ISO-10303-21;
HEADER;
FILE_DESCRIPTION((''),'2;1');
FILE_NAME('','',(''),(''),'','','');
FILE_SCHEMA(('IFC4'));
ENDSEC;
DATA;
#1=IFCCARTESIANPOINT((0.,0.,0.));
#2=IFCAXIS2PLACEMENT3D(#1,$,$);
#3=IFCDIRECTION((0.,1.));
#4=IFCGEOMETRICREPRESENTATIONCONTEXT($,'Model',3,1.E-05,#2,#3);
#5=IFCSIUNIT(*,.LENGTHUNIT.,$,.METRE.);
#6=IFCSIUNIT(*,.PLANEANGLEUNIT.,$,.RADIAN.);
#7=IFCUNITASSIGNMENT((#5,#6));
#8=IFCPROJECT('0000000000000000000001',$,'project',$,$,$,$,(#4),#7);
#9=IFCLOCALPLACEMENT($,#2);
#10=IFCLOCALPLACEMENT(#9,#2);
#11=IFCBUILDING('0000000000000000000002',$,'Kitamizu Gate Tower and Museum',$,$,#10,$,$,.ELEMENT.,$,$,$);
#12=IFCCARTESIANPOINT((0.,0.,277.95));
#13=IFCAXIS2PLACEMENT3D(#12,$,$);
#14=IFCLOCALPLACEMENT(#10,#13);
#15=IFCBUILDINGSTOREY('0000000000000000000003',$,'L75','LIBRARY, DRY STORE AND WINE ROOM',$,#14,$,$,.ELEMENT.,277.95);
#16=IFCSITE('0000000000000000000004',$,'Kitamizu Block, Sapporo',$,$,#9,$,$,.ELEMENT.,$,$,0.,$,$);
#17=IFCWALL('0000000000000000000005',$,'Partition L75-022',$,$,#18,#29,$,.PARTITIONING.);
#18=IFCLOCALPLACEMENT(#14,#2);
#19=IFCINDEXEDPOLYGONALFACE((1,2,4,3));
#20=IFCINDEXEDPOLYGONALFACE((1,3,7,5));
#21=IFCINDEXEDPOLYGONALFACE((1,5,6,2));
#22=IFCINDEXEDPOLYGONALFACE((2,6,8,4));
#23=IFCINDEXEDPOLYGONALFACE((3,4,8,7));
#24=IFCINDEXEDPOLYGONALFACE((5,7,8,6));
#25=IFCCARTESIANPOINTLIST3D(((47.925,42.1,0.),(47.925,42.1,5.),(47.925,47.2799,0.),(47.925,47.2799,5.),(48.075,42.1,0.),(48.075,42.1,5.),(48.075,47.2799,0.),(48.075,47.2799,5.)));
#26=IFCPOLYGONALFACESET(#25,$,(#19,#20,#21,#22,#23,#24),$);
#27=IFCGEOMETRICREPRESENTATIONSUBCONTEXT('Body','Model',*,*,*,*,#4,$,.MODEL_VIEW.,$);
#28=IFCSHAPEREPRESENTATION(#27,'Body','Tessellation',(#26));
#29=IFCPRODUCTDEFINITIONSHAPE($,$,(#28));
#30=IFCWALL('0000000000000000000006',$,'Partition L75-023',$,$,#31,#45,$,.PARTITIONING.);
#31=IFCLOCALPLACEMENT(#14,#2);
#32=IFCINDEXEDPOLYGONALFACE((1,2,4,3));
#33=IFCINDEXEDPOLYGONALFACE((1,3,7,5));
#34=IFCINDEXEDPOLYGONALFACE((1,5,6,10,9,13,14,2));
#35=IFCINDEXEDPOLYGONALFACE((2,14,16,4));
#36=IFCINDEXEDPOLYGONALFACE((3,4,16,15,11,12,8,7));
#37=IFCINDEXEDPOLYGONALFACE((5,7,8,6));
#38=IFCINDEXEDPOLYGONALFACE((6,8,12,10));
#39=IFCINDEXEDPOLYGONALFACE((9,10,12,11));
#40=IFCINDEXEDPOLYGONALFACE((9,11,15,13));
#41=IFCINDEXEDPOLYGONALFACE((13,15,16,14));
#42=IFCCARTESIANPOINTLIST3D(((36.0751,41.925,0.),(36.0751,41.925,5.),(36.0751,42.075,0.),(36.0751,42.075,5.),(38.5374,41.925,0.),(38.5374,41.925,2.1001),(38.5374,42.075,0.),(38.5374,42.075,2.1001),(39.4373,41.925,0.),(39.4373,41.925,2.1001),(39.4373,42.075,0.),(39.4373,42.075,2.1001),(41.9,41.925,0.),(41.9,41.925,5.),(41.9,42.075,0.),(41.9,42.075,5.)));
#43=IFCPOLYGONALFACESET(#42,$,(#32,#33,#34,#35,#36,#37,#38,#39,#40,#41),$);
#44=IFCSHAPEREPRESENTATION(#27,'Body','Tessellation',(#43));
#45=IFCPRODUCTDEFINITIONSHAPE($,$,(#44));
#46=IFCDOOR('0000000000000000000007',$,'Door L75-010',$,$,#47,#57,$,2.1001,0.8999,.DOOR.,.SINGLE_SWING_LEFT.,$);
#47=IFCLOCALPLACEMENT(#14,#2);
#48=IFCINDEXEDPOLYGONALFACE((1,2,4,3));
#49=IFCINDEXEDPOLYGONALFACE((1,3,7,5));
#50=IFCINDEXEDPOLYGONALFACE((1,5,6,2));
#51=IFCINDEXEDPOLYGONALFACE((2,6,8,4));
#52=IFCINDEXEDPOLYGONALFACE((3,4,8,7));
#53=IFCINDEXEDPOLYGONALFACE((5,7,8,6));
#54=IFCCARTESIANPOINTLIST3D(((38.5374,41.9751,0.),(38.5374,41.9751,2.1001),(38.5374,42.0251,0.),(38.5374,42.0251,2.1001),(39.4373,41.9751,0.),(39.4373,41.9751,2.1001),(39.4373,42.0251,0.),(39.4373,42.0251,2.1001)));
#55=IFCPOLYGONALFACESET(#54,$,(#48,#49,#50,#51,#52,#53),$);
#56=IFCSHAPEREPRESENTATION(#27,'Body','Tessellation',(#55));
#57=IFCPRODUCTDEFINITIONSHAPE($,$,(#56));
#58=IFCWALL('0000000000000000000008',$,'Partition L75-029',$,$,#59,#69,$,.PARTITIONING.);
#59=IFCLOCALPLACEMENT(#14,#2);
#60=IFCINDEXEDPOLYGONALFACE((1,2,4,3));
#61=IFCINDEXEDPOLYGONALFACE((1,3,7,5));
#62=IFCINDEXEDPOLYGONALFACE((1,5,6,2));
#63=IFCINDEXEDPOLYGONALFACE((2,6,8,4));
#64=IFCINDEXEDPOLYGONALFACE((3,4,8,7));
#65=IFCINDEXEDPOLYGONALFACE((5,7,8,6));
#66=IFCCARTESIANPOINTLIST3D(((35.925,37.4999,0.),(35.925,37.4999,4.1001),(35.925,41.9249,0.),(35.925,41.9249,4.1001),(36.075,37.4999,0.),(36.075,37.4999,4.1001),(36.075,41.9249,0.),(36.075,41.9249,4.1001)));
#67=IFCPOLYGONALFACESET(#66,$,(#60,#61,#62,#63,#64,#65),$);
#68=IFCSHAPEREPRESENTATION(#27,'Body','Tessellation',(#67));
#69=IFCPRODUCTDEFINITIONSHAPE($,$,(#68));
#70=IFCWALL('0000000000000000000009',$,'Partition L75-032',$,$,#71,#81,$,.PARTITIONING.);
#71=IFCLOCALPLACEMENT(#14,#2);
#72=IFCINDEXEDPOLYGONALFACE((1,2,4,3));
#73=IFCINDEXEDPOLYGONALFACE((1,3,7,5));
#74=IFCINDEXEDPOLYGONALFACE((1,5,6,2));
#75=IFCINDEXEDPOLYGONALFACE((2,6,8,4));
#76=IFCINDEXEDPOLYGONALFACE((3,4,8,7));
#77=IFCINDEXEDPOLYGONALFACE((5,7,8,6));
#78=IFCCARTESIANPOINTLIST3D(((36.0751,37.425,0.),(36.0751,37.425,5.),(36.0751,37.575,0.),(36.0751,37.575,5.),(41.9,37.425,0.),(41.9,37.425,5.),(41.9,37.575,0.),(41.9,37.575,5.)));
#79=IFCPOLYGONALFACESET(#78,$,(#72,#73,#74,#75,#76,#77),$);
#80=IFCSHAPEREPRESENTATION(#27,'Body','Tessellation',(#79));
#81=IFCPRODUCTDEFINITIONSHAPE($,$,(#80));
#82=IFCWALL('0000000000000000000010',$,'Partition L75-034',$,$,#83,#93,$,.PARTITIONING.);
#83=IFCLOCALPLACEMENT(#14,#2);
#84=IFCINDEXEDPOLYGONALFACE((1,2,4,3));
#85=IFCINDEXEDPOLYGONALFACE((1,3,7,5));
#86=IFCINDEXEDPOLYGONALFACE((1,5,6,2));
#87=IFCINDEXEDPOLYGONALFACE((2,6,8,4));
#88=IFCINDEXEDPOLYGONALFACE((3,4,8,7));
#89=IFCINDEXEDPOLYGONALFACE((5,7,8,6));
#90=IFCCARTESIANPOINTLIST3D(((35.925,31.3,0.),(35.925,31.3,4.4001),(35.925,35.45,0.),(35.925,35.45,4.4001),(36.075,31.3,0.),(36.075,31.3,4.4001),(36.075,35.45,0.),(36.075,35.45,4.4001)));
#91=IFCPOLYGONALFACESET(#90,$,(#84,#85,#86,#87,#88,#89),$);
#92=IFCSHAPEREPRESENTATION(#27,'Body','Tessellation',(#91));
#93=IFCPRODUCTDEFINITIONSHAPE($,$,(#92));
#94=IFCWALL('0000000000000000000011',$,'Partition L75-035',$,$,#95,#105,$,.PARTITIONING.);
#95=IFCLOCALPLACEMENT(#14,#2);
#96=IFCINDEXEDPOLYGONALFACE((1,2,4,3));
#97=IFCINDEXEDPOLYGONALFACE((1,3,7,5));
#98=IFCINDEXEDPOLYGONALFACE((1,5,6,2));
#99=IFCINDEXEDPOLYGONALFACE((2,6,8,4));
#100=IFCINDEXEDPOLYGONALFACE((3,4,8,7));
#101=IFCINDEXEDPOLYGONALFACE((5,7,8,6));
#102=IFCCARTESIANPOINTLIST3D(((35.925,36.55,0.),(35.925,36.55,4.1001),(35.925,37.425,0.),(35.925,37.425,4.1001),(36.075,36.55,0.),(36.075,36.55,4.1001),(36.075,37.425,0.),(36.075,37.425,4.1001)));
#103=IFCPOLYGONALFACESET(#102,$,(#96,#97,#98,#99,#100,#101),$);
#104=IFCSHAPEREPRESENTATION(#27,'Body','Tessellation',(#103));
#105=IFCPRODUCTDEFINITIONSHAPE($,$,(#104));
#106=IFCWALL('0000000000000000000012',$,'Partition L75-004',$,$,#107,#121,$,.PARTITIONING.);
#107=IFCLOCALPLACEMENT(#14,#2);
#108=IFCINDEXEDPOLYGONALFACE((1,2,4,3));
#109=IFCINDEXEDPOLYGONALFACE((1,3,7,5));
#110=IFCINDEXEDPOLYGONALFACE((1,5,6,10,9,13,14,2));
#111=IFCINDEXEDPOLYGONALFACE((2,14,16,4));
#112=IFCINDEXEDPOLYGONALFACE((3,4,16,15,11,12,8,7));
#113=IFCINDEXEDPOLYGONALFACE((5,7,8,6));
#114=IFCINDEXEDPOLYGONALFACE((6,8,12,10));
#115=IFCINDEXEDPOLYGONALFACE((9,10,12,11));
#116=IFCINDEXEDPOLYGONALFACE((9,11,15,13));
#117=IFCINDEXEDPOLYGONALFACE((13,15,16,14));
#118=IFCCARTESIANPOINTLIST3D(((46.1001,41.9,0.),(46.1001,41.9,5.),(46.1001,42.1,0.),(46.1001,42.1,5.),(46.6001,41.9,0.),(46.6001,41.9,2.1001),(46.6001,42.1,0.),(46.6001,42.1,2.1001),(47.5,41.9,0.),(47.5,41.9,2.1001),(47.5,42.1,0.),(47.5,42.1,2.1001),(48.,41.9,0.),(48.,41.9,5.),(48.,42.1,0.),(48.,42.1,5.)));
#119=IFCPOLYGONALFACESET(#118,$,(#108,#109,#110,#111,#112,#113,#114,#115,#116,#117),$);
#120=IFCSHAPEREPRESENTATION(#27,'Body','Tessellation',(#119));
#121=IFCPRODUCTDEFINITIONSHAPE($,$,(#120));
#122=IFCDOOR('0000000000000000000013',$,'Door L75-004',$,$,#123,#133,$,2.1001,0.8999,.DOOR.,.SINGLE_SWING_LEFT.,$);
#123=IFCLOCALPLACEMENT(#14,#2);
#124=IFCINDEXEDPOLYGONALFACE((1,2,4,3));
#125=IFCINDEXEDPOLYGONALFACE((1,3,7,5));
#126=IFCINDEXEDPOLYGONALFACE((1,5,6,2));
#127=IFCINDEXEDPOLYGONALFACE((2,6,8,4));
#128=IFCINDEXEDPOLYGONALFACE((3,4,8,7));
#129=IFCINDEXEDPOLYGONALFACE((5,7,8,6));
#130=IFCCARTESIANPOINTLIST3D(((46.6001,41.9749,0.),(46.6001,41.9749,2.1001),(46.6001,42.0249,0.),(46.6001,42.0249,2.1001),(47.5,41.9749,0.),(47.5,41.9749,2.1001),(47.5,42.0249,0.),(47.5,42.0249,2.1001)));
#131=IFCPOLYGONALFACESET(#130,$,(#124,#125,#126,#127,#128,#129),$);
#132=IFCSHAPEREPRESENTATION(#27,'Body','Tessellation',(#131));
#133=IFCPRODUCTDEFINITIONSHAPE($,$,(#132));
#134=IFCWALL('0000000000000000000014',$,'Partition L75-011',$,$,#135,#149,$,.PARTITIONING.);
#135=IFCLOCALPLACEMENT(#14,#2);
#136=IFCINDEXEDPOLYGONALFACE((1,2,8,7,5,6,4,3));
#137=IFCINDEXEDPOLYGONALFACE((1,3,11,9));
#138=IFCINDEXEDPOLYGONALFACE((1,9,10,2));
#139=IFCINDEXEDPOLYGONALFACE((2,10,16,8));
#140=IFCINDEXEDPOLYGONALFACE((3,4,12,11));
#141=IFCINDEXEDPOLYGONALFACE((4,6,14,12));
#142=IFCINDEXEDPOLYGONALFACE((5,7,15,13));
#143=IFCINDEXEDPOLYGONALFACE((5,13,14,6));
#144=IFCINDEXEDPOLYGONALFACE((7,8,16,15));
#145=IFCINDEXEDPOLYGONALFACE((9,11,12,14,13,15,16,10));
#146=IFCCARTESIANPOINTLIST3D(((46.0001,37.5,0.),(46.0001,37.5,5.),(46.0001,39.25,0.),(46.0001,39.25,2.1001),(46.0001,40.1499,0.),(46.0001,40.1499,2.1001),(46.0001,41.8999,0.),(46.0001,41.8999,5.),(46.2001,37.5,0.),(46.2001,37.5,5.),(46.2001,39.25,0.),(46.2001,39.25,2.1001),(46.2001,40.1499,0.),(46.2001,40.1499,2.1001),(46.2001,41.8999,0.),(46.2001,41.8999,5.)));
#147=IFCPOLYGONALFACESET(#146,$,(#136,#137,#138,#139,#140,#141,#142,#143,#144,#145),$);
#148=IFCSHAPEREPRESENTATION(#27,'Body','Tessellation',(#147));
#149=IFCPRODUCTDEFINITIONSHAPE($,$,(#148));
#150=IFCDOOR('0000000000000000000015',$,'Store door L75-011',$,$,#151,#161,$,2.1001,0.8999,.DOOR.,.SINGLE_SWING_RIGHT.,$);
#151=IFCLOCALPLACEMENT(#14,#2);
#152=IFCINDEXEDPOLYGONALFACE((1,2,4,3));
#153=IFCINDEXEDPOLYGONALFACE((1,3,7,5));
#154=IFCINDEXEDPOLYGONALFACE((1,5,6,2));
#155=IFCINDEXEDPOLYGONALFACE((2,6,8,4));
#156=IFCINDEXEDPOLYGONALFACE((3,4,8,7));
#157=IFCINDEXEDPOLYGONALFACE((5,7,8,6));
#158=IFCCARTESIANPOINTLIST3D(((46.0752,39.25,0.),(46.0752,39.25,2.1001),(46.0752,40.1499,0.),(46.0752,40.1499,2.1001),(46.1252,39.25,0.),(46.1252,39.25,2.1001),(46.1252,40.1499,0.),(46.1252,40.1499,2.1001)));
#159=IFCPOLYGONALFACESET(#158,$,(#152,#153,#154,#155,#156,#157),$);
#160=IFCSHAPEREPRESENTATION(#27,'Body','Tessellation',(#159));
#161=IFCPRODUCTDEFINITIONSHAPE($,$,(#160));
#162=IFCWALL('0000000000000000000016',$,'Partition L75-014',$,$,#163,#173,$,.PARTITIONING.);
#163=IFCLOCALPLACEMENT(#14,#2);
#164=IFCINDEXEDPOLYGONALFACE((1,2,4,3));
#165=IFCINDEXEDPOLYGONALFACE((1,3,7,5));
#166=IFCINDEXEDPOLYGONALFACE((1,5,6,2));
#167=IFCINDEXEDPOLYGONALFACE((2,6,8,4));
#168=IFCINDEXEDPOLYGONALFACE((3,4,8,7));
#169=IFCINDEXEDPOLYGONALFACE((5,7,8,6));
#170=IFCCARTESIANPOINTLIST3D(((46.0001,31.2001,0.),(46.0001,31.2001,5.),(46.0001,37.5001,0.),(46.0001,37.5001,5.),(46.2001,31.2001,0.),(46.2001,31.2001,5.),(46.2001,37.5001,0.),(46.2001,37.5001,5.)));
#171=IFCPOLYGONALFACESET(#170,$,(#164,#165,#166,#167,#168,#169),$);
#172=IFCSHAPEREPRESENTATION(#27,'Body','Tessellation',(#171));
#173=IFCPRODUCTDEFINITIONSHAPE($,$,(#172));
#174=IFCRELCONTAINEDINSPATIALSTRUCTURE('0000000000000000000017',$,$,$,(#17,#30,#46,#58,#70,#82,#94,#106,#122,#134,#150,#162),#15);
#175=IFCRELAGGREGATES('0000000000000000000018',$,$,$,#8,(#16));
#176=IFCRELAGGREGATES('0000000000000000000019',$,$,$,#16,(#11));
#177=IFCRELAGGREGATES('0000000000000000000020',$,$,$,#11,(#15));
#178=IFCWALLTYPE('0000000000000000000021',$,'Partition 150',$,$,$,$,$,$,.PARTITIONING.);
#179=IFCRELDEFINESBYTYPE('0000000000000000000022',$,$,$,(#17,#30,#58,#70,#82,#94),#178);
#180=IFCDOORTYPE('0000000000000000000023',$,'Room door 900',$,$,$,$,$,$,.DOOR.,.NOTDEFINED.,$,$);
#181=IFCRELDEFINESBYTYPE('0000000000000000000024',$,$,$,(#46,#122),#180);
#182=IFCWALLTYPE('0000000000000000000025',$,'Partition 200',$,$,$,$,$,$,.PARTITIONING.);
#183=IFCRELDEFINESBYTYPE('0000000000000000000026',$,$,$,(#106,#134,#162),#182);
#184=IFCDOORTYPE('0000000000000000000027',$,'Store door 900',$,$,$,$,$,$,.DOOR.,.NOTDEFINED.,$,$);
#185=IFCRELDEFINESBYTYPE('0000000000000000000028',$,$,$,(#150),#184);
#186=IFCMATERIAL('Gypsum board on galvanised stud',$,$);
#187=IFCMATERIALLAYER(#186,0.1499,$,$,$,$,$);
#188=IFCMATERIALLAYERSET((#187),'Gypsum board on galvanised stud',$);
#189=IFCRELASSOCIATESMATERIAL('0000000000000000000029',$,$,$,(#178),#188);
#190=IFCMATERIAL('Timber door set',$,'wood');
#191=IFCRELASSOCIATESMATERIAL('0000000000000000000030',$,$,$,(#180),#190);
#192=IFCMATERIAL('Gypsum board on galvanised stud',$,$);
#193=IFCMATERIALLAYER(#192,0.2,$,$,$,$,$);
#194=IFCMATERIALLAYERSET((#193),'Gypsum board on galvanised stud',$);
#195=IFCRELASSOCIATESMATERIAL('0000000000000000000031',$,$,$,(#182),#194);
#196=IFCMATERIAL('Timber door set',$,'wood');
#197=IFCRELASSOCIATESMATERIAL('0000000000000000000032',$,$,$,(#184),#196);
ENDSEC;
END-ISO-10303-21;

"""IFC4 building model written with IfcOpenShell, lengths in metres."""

from ifc_helpers import new_model, si_unit, direction, frame, frame_2d, origin, place, context, subcontext, project, spatial, rectangle, extrude, material, layer, layer_set, type_object, element, fill, save


model = new_model("IFC4")

# Units and contexts
model_context = context("Model", 3, precision=1e-05, world=origin(), true_north=direction((0.0, 1.0)))
body_context = subcontext(model_context, "Body", "Model", "MODEL_VIEW")
ifc_project = project(units=[si_unit("LENGTHUNIT", "METRE"), si_unit("PLANEANGLEUNIT", "RADIAN")], contexts=[model_context])

# Site, building, storey
site_placement = place(None, origin())
site = spatial("IfcSite", under=ifc_project, at=site_placement, Name="Kitamizu Block, Sapporo", CompositionType="ELEMENT", RefElevation=0.0)
building_placement = place(site_placement, origin())
building = spatial("IfcBuilding", under=site, at=building_placement, Name="Kitamizu Gate Tower and Museum", CompositionType="ELEMENT")
storey_placement = place(building_placement, frame((0.0, 0.0, 277.95)))
storey = spatial("IfcBuildingStorey", under=building, at=storey_placement, Name="L75", Description="LIBRARY, DRY STORE AND WINE ROOM", CompositionType="ELEMENT", Elevation=277.95)

# Wall
ifc_material_1 = material(Name="Gypsum board on galvanised stud")
ifc_layer_1 = layer(ifc_material_1, 0.1499)
ifc_layer_set_1 = layer_set([ifc_layer_1], Name="Gypsum board on galvanised stud")
wall_type_1 = type_object("IfcWallType", Name="Partition 150", PredefinedType="PARTITIONING", material=ifc_layer_set_1)
wall_1_placement = place(storey_placement, frame((48.0, 42.1001, 0.0), z_axis=(0.0, 0.0, 1.0), x_axis=(0.0, 1.0, 0.0)))
element("IfcWall", 1, at=wall_1_placement, inside=storey, type_object=wall_type_1, Name="Partition L75-022", PredefinedType="PARTITIONING", context=body_context, shape_type="SweptSolid", body=[
    extrude(rectangle(XDim=5.1799, YDim=0.1499, at=frame_2d((2.5898, 0.0))), origin(), (0.0, 0.0, 1.0), 5.0),
])

# Wall, opening, door
wall_2_placement = place(storey_placement, frame((36.075, 42.0, 0.0), z_axis=(0.0, 0.0, 1.0), x_axis=(1.0, 0.0, 0.0)))
wall_2 = element("IfcWall", 2, at=wall_2_placement, inside=storey, type_object=wall_type_1, Name="Partition L75-023", PredefinedType="PARTITIONING", context=body_context, shape_type="SweptSolid", body=[
    extrude(rectangle(XDim=5.825, YDim=0.1499, at=frame_2d((2.9126, 0.0))), origin(), (0.0, 0.0, 1.0), 5.0),
])
opening_1_placement = place(wall_2_placement, frame((2.4624, 0.0, 0.0)))
opening_1 = element("IfcOpeningElement", 3, at=opening_1_placement, cuts=wall_2, PredefinedType="OPENING", context=body_context, shape_type="SweptSolid", body=[
    extrude(rectangle(XDim=0.8999, YDim=2.1001, at=frame_2d((0.45, 1.05))), frame((0.0, 0.085, 0.0), z_axis=(0.0, -1.0, 0.0), x_axis=(1.0, 0.0, 0.0)), (0.0, 0.0, 1.0), 0.1699),
])
ifc_material_2 = material(Name="Timber door set", Category="wood")
door_type_1 = type_object("IfcDoorType", Name="Room door 900", OperationType="NOTDEFINED", PredefinedType="DOOR", material=ifc_material_2)
door_1_placement = place(opening_1_placement, frame((0.8999, 0.0, 0.0), x_axis=(-1.0, 0.0, 0.0)))
door_1 = element("IfcDoor", 4, at=door_1_placement, inside=storey, type_object=door_type_1, Name="Door L75-010", OperationType="SINGLE_SWING_LEFT", OverallHeight=2.1001, OverallWidth=0.8999, PredefinedType="DOOR", context=body_context, shape_type="SweptSolid", body=[
    extrude(rectangle(XDim=0.8999, YDim=2.1001, at=frame_2d((0.45, 1.05))), frame((0.0, 0.0249, 0.0), z_axis=(0.0, -1.0, 0.0), x_axis=(1.0, 0.0, 0.0)), (0.0, 0.0, 1.0), 0.05),
])
fill(opening_1, door_1)

# Walls
wall_3_placement = place(storey_placement, frame((36.0, 37.5, 0.0), z_axis=(0.0, 0.0, 1.0), x_axis=(0.0, 1.0, 0.0)))
element("IfcWall", 5, at=wall_3_placement, inside=storey, type_object=wall_type_1, Name="Partition L75-029", PredefinedType="PARTITIONING", context=body_context, shape_type="SweptSolid", body=[
    extrude(rectangle(XDim=4.425, YDim=0.1499, at=frame_2d((2.2124, 0.0))), origin(), (0.0, 0.0, 1.0), 4.1001),
])
wall_4_placement = place(storey_placement, frame((36.075, 37.5, 0.0), z_axis=(0.0, 0.0, 1.0), x_axis=(1.0, 0.0, 0.0)))
element("IfcWall", 6, at=wall_4_placement, inside=storey, type_object=wall_type_1, Name="Partition L75-032", PredefinedType="PARTITIONING", context=body_context, shape_type="SweptSolid", body=[
    extrude(rectangle(XDim=5.825, YDim=0.1499, at=frame_2d((2.9126, 0.0))), origin(), (0.0, 0.0, 1.0), 5.0),
])
wall_5_placement = place(storey_placement, frame((36.0, 31.3, 0.0), z_axis=(0.0, 0.0, 1.0), x_axis=(0.0, 1.0, 0.0)))
element("IfcWall", 7, at=wall_5_placement, inside=storey, type_object=wall_type_1, Name="Partition L75-034", PredefinedType="PARTITIONING", context=body_context, shape_type="SweptSolid", body=[
    extrude(rectangle(XDim=4.1499, YDim=0.1499, at=frame_2d((2.075, 0.0))), origin(), (0.0, 0.0, 1.0), 4.4001),
])
wall_6_placement = place(storey_placement, frame((36.0, 36.55, 0.0), z_axis=(0.0, 0.0, 1.0), x_axis=(0.0, 1.0, 0.0)))
element("IfcWall", 8, at=wall_6_placement, inside=storey, type_object=wall_type_1, Name="Partition L75-035", PredefinedType="PARTITIONING", context=body_context, shape_type="SweptSolid", body=[
    extrude(rectangle(XDim=0.875, YDim=0.1499, at=frame_2d((0.4375, 0.0))), origin(), (0.0, 0.0, 1.0), 4.1001),
])

# Walls, openings, doors
ifc_material_3 = material(Name="Gypsum board on galvanised stud")
ifc_layer_2 = layer(ifc_material_3, 0.2)
ifc_layer_set_2 = layer_set([ifc_layer_2], Name="Gypsum board on galvanised stud")
wall_type_2 = type_object("IfcWallType", Name="Partition 200", PredefinedType="PARTITIONING", material=ifc_layer_set_2)
wall_7_placement = place(storey_placement, frame((48.0, 42.0, 0.0), z_axis=(0.0, 0.0, 1.0), x_axis=(-1.0, 0.0, 0.0)))
wall_7 = element("IfcWall", 9, at=wall_7_placement, inside=storey, type_object=wall_type_2, Name="Partition L75-004", PredefinedType="PARTITIONING", context=body_context, shape_type="SweptSolid", body=[
    extrude(rectangle(XDim=1.8999, YDim=0.2, at=frame_2d((0.95, 0.0))), origin(), (0.0, 0.0, 1.0), 5.0),
])
opening_2_placement = place(wall_7_placement, frame((0.5, 0.0, 0.0)))
opening_2 = element("IfcOpeningElement", 10, at=opening_2_placement, cuts=wall_7, PredefinedType="OPENING", context=body_context, shape_type="SweptSolid", body=[
    extrude(rectangle(XDim=0.8999, YDim=2.1001, at=frame_2d((0.45, 1.05))), frame((0.0, 0.1099, 0.0), z_axis=(0.0, -1.0, 0.0), x_axis=(1.0, 0.0, 0.0)), (0.0, 0.0, 1.0), 0.22),
])
door_2_placement = place(opening_2_placement, frame((0.8999, 0.0, 0.0), x_axis=(-1.0, 0.0, 0.0)))
door_2 = element("IfcDoor", 11, at=door_2_placement, inside=storey, type_object=door_type_1, Name="Door L75-004", OperationType="SINGLE_SWING_LEFT", OverallHeight=2.1001, OverallWidth=0.8999, PredefinedType="DOOR", context=body_context, shape_type="SweptSolid", body=[
    extrude(rectangle(XDim=0.8999, YDim=2.1001, at=frame_2d((0.45, 1.05))), frame((0.0, 0.0249, 0.0), z_axis=(0.0, -1.0, 0.0), x_axis=(1.0, 0.0, 0.0)), (0.0, 0.0, 1.0), 0.05),
])
fill(opening_2, door_2)
wall_8_placement = place(storey_placement, frame((46.1001, 41.8999, 0.0), z_axis=(0.0, 0.0, 1.0), x_axis=(0.0, -1.0, 0.0)))
wall_8 = element("IfcWall", 12, at=wall_8_placement, inside=storey, type_object=wall_type_2, Name="Partition L75-011", PredefinedType="PARTITIONING", context=body_context, shape_type="SweptSolid", body=[
    extrude(rectangle(XDim=4.3999, YDim=0.2, at=frame_2d((2.2, 0.0))), origin(), (0.0, 0.0, 1.0), 5.0),
])
opening_3_placement = place(wall_8_placement, frame((1.75, 0.0, 0.0)))
opening_3 = element("IfcOpeningElement", 13, at=opening_3_placement, cuts=wall_8, PredefinedType="OPENING", context=body_context, shape_type="SweptSolid", body=[
    extrude(rectangle(XDim=0.8999, YDim=2.1001, at=frame_2d((0.45, 1.05))), frame((0.0, 0.1099, 0.0), z_axis=(0.0, -1.0, 0.0), x_axis=(1.0, 0.0, 0.0)), (0.0, 0.0, 1.0), 0.22),
])
ifc_material_4 = material(Name="Timber door set", Category="wood")
door_type_2 = type_object("IfcDoorType", Name="Store door 900", OperationType="NOTDEFINED", PredefinedType="DOOR", material=ifc_material_4)
door_3_placement = place(opening_3_placement, frame((0.8999, 0.0, 0.0), x_axis=(-1.0, 0.0, 0.0)))
door_3 = element("IfcDoor", 14, at=door_3_placement, inside=storey, type_object=door_type_2, Name="Store door L75-011", OperationType="SINGLE_SWING_RIGHT", OverallHeight=2.1001, OverallWidth=0.8999, PredefinedType="DOOR", context=body_context, shape_type="SweptSolid", body=[
    extrude(rectangle(XDim=0.8999, YDim=2.1001, at=frame_2d((0.45, 1.05))), frame((0.0, 0.0249, 0.0), z_axis=(0.0, -1.0, 0.0), x_axis=(1.0, 0.0, 0.0)), (0.0, 0.0, 1.0), 0.05),
])
fill(opening_3, door_3)

# Wall
wall_9_placement = place(storey_placement, frame((46.1001, 37.5, 0.0), z_axis=(0.0, 0.0, 1.0), x_axis=(0.0, -1.0, 0.0)))
element("IfcWall", 15, at=wall_9_placement, inside=storey, type_object=wall_type_2, Name="Partition L75-014", PredefinedType="PARTITIONING", context=body_context, shape_type="SweptSolid", body=[
    extrude(rectangle(XDim=6.3, YDim=0.2, at=frame_2d((3.1499, 0.0))), origin(), (0.0, 0.0, 1.0), 5.0),
])

save(model, "model.ifc")
